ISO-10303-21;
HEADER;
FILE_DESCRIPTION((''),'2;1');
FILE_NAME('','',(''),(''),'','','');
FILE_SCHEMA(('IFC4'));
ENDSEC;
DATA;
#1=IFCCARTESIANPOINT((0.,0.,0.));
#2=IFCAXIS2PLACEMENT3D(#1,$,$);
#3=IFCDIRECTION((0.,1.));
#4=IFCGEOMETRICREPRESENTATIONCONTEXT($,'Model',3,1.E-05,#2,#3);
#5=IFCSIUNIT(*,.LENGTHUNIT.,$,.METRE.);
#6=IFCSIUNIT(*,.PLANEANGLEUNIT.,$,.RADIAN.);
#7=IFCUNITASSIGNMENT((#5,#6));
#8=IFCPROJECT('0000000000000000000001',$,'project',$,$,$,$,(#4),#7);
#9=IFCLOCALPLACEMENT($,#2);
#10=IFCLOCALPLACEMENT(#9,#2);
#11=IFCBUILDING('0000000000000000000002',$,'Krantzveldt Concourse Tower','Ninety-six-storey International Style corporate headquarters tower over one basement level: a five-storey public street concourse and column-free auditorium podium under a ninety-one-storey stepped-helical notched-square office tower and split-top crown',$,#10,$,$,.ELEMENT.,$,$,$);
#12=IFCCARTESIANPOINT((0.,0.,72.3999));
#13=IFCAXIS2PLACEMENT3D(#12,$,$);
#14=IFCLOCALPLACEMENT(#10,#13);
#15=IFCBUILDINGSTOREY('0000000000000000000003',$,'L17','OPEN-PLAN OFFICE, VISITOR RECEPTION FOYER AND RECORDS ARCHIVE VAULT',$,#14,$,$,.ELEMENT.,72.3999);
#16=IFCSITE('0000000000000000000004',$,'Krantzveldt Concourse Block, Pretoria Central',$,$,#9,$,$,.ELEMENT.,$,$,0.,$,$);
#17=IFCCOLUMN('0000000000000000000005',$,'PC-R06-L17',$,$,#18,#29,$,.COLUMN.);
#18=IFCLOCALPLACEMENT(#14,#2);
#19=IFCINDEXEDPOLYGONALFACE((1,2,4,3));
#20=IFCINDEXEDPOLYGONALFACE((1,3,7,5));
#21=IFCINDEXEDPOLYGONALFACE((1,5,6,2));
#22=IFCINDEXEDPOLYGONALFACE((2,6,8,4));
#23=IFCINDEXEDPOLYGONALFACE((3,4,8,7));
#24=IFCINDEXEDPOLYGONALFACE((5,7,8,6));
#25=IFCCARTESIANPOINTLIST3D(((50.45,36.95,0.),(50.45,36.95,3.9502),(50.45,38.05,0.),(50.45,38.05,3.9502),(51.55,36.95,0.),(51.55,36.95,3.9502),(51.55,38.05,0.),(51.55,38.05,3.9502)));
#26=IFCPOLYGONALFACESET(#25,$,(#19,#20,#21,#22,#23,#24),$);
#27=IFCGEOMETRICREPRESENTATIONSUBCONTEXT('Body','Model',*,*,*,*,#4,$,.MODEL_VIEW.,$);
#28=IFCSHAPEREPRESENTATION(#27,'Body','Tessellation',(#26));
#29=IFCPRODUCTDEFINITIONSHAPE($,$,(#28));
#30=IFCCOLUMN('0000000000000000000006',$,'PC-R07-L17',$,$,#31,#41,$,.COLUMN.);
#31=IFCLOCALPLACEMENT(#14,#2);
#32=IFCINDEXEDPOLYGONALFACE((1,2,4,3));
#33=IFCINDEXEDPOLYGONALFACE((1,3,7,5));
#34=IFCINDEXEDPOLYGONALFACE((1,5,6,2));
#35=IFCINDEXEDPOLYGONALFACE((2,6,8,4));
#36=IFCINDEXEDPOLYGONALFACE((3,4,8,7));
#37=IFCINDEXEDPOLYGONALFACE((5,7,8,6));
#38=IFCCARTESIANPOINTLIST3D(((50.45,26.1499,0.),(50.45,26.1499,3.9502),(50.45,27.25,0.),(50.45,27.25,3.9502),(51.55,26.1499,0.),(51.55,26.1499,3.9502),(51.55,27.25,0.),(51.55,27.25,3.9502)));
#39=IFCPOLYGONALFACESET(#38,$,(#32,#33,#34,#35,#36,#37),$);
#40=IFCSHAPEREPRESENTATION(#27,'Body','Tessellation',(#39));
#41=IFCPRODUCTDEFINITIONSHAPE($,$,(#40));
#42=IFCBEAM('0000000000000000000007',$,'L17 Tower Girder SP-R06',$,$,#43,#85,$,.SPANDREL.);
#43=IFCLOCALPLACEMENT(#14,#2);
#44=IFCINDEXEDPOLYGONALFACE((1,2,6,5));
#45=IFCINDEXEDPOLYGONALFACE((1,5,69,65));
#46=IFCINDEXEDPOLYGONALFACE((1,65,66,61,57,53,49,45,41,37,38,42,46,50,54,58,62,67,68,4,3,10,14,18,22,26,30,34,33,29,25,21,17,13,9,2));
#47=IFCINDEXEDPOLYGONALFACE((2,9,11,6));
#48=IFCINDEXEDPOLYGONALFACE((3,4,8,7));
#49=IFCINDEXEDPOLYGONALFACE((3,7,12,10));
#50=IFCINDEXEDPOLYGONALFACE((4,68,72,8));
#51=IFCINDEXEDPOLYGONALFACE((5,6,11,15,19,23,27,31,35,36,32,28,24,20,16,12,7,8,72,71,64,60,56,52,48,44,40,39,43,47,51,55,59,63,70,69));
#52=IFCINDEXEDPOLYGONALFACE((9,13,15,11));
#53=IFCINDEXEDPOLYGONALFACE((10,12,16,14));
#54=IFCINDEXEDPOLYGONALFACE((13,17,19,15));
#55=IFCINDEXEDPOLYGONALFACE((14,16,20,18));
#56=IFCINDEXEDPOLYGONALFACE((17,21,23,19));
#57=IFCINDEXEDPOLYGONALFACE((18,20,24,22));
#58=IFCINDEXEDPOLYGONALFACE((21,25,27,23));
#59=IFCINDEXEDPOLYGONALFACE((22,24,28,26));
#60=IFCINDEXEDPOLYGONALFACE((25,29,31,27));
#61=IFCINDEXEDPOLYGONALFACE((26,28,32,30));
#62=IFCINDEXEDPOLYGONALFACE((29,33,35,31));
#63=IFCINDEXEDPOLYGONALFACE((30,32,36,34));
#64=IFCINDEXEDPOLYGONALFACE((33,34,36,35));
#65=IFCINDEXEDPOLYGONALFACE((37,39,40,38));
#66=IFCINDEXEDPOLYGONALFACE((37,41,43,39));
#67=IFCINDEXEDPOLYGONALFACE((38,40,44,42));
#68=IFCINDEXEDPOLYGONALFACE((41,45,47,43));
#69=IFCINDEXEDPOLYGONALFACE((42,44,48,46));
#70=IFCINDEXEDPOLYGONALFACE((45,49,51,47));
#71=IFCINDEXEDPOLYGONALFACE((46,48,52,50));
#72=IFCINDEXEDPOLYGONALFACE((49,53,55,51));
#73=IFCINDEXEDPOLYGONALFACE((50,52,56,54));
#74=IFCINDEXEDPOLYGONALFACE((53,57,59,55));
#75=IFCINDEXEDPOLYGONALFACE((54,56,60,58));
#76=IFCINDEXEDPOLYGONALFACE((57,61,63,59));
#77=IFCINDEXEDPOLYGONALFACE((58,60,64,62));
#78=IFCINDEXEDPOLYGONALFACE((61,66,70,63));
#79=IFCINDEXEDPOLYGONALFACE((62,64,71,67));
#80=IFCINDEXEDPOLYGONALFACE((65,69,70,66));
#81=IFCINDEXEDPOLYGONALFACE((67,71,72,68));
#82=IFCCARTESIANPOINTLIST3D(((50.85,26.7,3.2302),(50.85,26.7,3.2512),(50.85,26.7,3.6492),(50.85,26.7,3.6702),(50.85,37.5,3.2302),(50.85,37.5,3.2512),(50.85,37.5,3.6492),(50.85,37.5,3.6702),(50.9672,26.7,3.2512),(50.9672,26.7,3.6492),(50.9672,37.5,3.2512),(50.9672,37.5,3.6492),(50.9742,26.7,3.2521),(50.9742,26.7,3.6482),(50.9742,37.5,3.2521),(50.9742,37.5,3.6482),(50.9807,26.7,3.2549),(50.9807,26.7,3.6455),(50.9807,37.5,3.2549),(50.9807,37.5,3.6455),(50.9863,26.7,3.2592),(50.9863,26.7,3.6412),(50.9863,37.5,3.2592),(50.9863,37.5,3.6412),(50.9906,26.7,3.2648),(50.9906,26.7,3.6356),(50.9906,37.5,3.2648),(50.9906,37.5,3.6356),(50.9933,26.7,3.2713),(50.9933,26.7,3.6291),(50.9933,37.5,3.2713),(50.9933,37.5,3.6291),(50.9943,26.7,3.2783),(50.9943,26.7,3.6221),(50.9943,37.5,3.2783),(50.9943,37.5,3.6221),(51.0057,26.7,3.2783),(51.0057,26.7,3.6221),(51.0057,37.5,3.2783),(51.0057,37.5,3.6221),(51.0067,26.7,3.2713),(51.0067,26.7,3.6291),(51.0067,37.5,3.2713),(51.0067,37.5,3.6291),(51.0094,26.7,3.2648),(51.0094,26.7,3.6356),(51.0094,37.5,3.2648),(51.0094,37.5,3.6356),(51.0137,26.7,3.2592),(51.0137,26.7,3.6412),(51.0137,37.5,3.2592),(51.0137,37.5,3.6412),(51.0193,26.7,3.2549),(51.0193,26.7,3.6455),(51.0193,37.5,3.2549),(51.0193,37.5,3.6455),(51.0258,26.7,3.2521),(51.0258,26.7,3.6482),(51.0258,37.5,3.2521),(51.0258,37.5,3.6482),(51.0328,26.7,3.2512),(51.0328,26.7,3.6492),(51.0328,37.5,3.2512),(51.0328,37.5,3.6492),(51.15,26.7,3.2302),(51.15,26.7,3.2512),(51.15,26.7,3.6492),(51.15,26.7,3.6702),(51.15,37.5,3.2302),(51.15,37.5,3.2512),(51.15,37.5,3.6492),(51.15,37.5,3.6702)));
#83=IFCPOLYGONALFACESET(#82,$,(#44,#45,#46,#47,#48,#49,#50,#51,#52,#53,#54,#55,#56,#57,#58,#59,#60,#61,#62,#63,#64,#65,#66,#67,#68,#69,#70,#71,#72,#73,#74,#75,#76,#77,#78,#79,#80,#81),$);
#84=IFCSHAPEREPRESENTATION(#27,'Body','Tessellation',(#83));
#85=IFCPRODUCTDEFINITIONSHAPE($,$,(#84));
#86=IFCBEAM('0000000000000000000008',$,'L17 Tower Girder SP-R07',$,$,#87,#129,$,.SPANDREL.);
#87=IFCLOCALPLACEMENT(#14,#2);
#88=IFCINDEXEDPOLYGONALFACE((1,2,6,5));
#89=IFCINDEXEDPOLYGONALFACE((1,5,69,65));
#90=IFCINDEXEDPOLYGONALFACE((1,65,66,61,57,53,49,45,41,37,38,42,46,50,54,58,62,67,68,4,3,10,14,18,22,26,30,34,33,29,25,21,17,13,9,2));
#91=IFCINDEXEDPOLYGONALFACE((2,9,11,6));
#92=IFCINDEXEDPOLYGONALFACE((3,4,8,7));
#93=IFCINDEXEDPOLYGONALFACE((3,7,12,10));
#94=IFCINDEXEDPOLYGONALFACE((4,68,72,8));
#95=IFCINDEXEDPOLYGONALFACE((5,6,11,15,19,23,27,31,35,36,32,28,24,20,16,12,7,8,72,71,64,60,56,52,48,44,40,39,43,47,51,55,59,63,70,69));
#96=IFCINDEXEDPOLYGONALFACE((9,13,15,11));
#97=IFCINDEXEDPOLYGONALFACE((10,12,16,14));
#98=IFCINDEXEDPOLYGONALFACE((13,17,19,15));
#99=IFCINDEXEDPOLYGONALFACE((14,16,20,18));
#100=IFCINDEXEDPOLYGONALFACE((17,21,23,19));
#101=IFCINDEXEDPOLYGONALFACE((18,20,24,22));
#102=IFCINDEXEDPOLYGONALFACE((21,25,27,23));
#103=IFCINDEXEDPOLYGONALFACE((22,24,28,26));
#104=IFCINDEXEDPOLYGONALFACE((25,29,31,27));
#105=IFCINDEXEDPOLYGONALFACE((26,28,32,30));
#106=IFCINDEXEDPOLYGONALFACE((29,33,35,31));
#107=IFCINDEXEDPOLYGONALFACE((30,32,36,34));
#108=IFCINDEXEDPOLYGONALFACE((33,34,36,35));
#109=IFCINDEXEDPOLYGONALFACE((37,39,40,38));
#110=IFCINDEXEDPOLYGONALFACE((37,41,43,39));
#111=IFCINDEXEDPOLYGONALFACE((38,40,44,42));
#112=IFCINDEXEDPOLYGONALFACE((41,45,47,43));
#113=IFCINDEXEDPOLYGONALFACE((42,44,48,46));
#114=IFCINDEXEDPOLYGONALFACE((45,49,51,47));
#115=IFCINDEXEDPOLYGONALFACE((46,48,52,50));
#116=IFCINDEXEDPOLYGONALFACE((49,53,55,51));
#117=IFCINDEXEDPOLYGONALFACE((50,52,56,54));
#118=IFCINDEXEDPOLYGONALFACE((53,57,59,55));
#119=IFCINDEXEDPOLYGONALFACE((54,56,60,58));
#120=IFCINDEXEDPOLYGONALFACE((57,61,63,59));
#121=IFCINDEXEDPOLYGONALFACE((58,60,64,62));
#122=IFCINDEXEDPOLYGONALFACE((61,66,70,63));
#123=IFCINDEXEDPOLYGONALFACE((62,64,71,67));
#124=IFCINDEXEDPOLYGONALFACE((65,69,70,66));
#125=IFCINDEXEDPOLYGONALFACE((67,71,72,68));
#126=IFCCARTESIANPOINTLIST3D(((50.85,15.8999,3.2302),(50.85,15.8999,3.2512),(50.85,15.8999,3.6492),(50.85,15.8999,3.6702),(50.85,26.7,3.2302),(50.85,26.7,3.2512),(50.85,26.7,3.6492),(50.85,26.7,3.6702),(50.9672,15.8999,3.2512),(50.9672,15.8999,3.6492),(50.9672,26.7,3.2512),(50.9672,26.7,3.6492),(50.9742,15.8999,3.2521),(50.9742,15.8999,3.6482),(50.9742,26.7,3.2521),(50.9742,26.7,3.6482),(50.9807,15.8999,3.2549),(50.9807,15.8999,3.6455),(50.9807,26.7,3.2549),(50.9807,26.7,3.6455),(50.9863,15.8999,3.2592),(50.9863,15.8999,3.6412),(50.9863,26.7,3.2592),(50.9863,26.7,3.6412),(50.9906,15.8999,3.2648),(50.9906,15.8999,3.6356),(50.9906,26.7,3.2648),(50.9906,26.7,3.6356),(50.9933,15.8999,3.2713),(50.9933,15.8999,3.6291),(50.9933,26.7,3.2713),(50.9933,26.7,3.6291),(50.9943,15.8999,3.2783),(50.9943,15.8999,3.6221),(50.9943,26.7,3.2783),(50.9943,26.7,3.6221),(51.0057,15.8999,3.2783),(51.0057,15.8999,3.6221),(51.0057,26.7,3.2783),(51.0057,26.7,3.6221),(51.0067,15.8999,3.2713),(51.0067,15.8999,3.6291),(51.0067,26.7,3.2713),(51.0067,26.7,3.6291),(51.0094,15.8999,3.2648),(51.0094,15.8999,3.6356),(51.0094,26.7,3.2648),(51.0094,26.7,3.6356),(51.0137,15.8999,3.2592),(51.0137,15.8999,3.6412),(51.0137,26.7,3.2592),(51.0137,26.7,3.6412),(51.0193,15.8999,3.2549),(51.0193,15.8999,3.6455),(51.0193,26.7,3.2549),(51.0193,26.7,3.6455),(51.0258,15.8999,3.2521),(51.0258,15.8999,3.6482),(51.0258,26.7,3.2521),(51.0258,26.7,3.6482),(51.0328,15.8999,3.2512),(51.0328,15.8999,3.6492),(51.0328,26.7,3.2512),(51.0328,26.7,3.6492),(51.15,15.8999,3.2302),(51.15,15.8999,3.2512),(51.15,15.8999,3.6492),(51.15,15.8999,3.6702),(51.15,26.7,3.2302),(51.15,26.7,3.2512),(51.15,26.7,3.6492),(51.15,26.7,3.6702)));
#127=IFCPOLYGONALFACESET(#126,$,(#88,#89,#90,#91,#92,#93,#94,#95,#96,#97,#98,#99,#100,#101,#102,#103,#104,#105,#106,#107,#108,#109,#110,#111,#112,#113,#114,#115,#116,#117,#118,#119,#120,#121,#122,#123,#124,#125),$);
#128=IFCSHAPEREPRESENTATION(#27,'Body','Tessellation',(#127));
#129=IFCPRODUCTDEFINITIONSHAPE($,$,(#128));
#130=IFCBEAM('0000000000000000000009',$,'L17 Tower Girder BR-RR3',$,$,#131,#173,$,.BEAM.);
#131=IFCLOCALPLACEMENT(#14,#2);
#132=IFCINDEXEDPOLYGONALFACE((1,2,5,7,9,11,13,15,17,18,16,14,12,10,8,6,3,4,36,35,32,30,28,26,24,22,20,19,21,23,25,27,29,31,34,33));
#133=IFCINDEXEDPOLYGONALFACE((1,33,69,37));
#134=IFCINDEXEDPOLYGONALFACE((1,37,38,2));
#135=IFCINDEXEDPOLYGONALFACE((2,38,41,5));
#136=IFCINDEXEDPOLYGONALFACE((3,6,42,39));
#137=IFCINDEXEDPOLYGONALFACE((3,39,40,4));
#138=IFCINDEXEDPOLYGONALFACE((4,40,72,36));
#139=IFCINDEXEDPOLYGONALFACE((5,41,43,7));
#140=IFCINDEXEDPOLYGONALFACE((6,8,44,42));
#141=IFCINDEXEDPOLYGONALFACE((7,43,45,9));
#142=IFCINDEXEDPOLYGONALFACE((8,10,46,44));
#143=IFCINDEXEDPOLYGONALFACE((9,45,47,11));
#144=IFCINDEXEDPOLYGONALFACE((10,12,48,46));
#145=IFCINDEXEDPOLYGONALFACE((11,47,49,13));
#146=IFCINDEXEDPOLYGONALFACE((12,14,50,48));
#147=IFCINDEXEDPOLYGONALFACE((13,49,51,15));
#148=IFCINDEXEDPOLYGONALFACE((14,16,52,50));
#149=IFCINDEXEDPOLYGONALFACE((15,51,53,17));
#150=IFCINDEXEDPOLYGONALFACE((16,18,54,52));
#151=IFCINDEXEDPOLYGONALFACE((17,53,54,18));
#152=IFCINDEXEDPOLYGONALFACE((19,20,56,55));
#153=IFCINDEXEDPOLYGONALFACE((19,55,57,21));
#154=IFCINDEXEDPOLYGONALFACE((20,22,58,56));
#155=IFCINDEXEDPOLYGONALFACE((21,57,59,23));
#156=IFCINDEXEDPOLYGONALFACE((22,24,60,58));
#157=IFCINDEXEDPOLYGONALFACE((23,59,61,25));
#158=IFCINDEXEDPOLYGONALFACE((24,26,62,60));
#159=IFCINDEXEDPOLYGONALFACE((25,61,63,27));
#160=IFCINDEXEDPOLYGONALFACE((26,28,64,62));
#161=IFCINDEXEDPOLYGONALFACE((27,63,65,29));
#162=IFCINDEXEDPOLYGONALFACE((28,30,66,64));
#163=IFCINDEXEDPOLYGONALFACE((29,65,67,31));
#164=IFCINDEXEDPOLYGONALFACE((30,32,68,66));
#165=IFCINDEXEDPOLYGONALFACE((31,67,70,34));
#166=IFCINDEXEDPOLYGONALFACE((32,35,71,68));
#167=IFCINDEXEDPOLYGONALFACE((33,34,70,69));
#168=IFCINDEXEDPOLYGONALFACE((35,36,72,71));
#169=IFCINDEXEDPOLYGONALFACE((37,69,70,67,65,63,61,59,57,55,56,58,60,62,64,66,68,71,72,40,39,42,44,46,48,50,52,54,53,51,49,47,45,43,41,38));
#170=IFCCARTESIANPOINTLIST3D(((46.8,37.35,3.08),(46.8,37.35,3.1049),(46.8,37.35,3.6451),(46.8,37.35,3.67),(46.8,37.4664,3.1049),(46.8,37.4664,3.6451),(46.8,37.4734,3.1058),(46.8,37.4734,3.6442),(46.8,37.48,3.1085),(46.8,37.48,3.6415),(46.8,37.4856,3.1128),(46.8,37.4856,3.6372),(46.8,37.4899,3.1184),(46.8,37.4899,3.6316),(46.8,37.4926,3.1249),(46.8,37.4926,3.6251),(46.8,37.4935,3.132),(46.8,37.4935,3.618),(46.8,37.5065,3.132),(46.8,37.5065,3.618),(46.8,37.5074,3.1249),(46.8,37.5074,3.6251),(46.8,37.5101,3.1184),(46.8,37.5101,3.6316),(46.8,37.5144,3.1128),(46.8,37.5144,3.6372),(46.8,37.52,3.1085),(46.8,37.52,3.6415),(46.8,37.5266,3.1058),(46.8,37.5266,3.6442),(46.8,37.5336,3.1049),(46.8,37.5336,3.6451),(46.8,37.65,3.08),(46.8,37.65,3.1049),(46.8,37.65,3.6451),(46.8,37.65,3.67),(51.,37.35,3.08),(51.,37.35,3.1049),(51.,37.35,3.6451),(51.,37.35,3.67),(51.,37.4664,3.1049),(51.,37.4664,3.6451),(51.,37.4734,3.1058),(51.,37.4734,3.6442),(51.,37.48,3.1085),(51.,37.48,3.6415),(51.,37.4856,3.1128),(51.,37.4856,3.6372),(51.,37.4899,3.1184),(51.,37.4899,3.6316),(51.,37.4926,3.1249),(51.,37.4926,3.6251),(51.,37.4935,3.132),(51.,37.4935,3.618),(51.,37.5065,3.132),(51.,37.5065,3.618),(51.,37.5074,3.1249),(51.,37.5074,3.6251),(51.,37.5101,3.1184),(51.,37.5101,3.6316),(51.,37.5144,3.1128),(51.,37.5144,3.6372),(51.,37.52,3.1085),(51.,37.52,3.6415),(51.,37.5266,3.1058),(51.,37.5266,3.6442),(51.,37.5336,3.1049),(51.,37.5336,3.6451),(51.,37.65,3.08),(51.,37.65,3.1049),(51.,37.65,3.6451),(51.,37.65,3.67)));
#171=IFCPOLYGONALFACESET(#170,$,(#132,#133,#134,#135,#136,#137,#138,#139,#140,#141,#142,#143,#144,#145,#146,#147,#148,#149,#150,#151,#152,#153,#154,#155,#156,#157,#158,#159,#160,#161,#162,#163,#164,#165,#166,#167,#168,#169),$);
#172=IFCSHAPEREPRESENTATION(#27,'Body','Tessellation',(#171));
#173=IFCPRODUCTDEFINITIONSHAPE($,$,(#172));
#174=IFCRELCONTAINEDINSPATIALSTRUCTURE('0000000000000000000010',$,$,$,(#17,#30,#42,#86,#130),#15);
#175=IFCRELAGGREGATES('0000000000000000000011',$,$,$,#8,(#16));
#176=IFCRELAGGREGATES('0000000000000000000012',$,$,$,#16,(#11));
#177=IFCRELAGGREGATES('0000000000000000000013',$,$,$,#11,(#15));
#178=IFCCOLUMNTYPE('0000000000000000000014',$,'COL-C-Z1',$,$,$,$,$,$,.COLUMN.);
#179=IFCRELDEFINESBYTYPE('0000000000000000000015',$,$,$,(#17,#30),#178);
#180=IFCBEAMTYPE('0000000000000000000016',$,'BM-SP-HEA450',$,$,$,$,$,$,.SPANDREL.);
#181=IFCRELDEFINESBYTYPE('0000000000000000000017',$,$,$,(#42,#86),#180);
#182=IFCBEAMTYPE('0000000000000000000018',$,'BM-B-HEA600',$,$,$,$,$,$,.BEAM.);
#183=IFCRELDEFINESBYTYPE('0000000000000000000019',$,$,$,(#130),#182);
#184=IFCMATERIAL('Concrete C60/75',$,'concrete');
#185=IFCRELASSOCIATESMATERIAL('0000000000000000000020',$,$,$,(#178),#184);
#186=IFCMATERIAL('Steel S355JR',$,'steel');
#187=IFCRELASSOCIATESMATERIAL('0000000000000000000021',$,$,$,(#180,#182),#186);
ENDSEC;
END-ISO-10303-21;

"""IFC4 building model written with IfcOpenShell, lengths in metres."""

from ifc_helpers import new_model, si_unit, direction, frame, origin, origin_2d, place, context, subcontext, project, spatial, rectangle, i_section, extrude, source, transform, mapped, material, material_profile, profile_set, type_object, type_shapes, element, save


model = new_model("IFC4")

# Units and contexts
model_context = context("Model", 3, precision=1e-05, world=origin(), true_north=direction((0.0, 1.0)))
body_context = subcontext(model_context, "Body", "Model", "MODEL_VIEW")
ifc_project = project(units=[si_unit("LENGTHUNIT", "METRE"), si_unit("PLANEANGLEUNIT", "RADIAN")], contexts=[model_context])

# Site, building, storey
site_placement = place(None, origin())
site = spatial("IfcSite", under=ifc_project, at=site_placement, Name="Krantzveldt Concourse Block, Pretoria Central", CompositionType="ELEMENT", RefElevation=0.0)
building_placement = place(site_placement, origin())
building = spatial("IfcBuilding", under=site, at=building_placement, Name="Krantzveldt Concourse Tower", Description="Ninety-six-storey International Style corporate headquarters tower over one basement level: a five-storey public street concourse and column-free auditorium podium under a ninety-one-storey stepped-helical notched-square office tower and split-top crown", CompositionType="ELEMENT")
storey_placement = place(building_placement, frame((0.0, 0.0, 72.3999)))
storey = spatial("IfcBuildingStorey", under=building, at=storey_placement, Name="L17", Description="OPEN-PLAN OFFICE, VISITOR RECEPTION FOYER AND RECORDS ARCHIVE VAULT", CompositionType="ELEMENT", Elevation=72.3999)

# Columns
ifc_material_1 = material(Name="Concrete C60/75", Category="concrete")
ifc_material_profile_1 = material_profile(ifc_material_1, rectangle(XDim=1.1001, YDim=1.1001, at=origin_2d()), Name="Concrete C60/75", Category="concrete")
ifc_profile_set_1 = profile_set([ifc_material_profile_1], Name="Concrete C60/75 - RC 1100x1100")
column_type = type_object("IfcColumnType", Name="COL-C-Z1", PredefinedType="COLUMN", material=ifc_profile_set_1)
shared_shape_1 = source(origin(), body_context, "Body", "SweptSolid", [
    extrude(rectangle(XDim=1.1001, YDim=1.1001, at=origin_2d()), origin(), (0.0, 0.0, 1.0), 3.9502),
])
type_shapes(column_type, [shared_shape_1])
for number, where, z_axis, x_axis, name in (
    (1, (51.0, 37.5, 0.0), (0.0, 0.0, 1.0), (1.0, 0.0, 0.0), "PC-R06-L17"),
    (2, (51.0, 26.7, 0.0), (0.0, 0.0, 1.0), (1.0, 0.0, 0.0), "PC-R07-L17"),
):
    element("IfcColumn", number, at=place(storey_placement, frame(where, z_axis=z_axis, x_axis=x_axis)), inside=storey, type_object=column_type, Name=name, PredefinedType="COLUMN", context=body_context, shape_type="MappedRepresentation", body=[
        mapped(shared_shape_1, transform((0.0, 0.0, 0.0), x_axis=(1.0, 0.0, 0.0), y_axis=(0.0, 1.0, 0.0), z_axis=(0.0, 0.0, 1.0), scale=1.0)),
    ])

# Beams
ifc_material_2 = material(Name="Steel S355JR", Category="steel")
ifc_material_profile_2 = material_profile(ifc_material_2, i_section(OverallWidth=0.3, OverallDepth=0.4399, WebThickness=0.0115, FlangeThickness=0.021, FilletRadius=0.0271, at=origin_2d()), Name="Steel S355JR", Category="steel")
ifc_profile_set_2 = profile_set([ifc_material_profile_2], Name="Steel S355JR - HEA 450")
beam_type_1 = type_object("IfcBeamType", Name="BM-SP-HEA450", PredefinedType="SPANDREL", material=ifc_profile_set_2)
shared_shape_2 = source(origin(), body_context, "Body", "SweptSolid", [
    extrude(i_section(OverallWidth=0.3, OverallDepth=0.4399, WebThickness=0.0115, FlangeThickness=0.021, FilletRadius=0.0271, at=origin_2d()), origin(), (0.0, 0.0, 1.0), 10.8),
])
type_shapes(beam_type_1, [shared_shape_2])
for number, where, z_axis, x_axis, name in (
    (3, (51.0, 37.5, 3.4502), (0.0, -1.0, 0.0), (1.0, 0.0, 0.0), "L17 Tower Girder SP-R06"),
    (4, (51.0, 26.7, 3.4502), (0.0, -1.0, 0.0), (1.0, 0.0, 0.0), "L17 Tower Girder SP-R07"),
):
    element("IfcBeam", number, at=place(storey_placement, frame(where, z_axis=z_axis, x_axis=x_axis)), inside=storey, type_object=beam_type_1, Name=name, PredefinedType="SPANDREL", context=body_context, shape_type="MappedRepresentation", body=[
        mapped(shared_shape_2, transform((0.0, 0.0, 0.0), x_axis=(1.0, 0.0, 0.0), y_axis=(0.0, 1.0, 0.0), z_axis=(0.0, 0.0, 1.0), scale=1.0)),
    ])
ifc_material_profile_3 = material_profile(ifc_material_2, i_section(OverallWidth=0.3, OverallDepth=0.5901, WebThickness=0.0129, FlangeThickness=0.0249, FilletRadius=0.0271, at=origin_2d()), Name="Steel S355JR", Category="steel")
ifc_profile_set_3 = profile_set([ifc_material_profile_3], Name="Steel S355JR - HEA 600")
beam_type_2 = type_object("IfcBeamType", Name="BM-B-HEA600", PredefinedType="BEAM", material=ifc_profile_set_3)
shared_shape_3 = source(origin(), body_context, "Body", "SweptSolid", [
    extrude(i_section(OverallWidth=0.3, OverallDepth=0.5901, WebThickness=0.0129, FlangeThickness=0.0249, FilletRadius=0.0271, at=origin_2d()), origin(), (0.0, 0.0, 1.0), 4.2),
])
type_shapes(beam_type_2, [shared_shape_3])
beam_placement = place(storey_placement, frame((46.8, 37.5, 3.375), z_axis=(1.0, 0.0, 0.0), x_axis=(0.0, 1.0, 0.0)))
element("IfcBeam", 5, at=beam_placement, inside=storey, type_object=beam_type_2, Name="L17 Tower Girder BR-RR3", PredefinedType="BEAM", context=body_context, shape_type="MappedRepresentation", body=[
    mapped(shared_shape_3, transform((0.0, 0.0, 0.0), x_axis=(1.0, 0.0, 0.0), y_axis=(0.0, 1.0, 0.0), z_axis=(0.0, 0.0, 1.0), scale=1.0)),
])

save(model, "model.ifc")
